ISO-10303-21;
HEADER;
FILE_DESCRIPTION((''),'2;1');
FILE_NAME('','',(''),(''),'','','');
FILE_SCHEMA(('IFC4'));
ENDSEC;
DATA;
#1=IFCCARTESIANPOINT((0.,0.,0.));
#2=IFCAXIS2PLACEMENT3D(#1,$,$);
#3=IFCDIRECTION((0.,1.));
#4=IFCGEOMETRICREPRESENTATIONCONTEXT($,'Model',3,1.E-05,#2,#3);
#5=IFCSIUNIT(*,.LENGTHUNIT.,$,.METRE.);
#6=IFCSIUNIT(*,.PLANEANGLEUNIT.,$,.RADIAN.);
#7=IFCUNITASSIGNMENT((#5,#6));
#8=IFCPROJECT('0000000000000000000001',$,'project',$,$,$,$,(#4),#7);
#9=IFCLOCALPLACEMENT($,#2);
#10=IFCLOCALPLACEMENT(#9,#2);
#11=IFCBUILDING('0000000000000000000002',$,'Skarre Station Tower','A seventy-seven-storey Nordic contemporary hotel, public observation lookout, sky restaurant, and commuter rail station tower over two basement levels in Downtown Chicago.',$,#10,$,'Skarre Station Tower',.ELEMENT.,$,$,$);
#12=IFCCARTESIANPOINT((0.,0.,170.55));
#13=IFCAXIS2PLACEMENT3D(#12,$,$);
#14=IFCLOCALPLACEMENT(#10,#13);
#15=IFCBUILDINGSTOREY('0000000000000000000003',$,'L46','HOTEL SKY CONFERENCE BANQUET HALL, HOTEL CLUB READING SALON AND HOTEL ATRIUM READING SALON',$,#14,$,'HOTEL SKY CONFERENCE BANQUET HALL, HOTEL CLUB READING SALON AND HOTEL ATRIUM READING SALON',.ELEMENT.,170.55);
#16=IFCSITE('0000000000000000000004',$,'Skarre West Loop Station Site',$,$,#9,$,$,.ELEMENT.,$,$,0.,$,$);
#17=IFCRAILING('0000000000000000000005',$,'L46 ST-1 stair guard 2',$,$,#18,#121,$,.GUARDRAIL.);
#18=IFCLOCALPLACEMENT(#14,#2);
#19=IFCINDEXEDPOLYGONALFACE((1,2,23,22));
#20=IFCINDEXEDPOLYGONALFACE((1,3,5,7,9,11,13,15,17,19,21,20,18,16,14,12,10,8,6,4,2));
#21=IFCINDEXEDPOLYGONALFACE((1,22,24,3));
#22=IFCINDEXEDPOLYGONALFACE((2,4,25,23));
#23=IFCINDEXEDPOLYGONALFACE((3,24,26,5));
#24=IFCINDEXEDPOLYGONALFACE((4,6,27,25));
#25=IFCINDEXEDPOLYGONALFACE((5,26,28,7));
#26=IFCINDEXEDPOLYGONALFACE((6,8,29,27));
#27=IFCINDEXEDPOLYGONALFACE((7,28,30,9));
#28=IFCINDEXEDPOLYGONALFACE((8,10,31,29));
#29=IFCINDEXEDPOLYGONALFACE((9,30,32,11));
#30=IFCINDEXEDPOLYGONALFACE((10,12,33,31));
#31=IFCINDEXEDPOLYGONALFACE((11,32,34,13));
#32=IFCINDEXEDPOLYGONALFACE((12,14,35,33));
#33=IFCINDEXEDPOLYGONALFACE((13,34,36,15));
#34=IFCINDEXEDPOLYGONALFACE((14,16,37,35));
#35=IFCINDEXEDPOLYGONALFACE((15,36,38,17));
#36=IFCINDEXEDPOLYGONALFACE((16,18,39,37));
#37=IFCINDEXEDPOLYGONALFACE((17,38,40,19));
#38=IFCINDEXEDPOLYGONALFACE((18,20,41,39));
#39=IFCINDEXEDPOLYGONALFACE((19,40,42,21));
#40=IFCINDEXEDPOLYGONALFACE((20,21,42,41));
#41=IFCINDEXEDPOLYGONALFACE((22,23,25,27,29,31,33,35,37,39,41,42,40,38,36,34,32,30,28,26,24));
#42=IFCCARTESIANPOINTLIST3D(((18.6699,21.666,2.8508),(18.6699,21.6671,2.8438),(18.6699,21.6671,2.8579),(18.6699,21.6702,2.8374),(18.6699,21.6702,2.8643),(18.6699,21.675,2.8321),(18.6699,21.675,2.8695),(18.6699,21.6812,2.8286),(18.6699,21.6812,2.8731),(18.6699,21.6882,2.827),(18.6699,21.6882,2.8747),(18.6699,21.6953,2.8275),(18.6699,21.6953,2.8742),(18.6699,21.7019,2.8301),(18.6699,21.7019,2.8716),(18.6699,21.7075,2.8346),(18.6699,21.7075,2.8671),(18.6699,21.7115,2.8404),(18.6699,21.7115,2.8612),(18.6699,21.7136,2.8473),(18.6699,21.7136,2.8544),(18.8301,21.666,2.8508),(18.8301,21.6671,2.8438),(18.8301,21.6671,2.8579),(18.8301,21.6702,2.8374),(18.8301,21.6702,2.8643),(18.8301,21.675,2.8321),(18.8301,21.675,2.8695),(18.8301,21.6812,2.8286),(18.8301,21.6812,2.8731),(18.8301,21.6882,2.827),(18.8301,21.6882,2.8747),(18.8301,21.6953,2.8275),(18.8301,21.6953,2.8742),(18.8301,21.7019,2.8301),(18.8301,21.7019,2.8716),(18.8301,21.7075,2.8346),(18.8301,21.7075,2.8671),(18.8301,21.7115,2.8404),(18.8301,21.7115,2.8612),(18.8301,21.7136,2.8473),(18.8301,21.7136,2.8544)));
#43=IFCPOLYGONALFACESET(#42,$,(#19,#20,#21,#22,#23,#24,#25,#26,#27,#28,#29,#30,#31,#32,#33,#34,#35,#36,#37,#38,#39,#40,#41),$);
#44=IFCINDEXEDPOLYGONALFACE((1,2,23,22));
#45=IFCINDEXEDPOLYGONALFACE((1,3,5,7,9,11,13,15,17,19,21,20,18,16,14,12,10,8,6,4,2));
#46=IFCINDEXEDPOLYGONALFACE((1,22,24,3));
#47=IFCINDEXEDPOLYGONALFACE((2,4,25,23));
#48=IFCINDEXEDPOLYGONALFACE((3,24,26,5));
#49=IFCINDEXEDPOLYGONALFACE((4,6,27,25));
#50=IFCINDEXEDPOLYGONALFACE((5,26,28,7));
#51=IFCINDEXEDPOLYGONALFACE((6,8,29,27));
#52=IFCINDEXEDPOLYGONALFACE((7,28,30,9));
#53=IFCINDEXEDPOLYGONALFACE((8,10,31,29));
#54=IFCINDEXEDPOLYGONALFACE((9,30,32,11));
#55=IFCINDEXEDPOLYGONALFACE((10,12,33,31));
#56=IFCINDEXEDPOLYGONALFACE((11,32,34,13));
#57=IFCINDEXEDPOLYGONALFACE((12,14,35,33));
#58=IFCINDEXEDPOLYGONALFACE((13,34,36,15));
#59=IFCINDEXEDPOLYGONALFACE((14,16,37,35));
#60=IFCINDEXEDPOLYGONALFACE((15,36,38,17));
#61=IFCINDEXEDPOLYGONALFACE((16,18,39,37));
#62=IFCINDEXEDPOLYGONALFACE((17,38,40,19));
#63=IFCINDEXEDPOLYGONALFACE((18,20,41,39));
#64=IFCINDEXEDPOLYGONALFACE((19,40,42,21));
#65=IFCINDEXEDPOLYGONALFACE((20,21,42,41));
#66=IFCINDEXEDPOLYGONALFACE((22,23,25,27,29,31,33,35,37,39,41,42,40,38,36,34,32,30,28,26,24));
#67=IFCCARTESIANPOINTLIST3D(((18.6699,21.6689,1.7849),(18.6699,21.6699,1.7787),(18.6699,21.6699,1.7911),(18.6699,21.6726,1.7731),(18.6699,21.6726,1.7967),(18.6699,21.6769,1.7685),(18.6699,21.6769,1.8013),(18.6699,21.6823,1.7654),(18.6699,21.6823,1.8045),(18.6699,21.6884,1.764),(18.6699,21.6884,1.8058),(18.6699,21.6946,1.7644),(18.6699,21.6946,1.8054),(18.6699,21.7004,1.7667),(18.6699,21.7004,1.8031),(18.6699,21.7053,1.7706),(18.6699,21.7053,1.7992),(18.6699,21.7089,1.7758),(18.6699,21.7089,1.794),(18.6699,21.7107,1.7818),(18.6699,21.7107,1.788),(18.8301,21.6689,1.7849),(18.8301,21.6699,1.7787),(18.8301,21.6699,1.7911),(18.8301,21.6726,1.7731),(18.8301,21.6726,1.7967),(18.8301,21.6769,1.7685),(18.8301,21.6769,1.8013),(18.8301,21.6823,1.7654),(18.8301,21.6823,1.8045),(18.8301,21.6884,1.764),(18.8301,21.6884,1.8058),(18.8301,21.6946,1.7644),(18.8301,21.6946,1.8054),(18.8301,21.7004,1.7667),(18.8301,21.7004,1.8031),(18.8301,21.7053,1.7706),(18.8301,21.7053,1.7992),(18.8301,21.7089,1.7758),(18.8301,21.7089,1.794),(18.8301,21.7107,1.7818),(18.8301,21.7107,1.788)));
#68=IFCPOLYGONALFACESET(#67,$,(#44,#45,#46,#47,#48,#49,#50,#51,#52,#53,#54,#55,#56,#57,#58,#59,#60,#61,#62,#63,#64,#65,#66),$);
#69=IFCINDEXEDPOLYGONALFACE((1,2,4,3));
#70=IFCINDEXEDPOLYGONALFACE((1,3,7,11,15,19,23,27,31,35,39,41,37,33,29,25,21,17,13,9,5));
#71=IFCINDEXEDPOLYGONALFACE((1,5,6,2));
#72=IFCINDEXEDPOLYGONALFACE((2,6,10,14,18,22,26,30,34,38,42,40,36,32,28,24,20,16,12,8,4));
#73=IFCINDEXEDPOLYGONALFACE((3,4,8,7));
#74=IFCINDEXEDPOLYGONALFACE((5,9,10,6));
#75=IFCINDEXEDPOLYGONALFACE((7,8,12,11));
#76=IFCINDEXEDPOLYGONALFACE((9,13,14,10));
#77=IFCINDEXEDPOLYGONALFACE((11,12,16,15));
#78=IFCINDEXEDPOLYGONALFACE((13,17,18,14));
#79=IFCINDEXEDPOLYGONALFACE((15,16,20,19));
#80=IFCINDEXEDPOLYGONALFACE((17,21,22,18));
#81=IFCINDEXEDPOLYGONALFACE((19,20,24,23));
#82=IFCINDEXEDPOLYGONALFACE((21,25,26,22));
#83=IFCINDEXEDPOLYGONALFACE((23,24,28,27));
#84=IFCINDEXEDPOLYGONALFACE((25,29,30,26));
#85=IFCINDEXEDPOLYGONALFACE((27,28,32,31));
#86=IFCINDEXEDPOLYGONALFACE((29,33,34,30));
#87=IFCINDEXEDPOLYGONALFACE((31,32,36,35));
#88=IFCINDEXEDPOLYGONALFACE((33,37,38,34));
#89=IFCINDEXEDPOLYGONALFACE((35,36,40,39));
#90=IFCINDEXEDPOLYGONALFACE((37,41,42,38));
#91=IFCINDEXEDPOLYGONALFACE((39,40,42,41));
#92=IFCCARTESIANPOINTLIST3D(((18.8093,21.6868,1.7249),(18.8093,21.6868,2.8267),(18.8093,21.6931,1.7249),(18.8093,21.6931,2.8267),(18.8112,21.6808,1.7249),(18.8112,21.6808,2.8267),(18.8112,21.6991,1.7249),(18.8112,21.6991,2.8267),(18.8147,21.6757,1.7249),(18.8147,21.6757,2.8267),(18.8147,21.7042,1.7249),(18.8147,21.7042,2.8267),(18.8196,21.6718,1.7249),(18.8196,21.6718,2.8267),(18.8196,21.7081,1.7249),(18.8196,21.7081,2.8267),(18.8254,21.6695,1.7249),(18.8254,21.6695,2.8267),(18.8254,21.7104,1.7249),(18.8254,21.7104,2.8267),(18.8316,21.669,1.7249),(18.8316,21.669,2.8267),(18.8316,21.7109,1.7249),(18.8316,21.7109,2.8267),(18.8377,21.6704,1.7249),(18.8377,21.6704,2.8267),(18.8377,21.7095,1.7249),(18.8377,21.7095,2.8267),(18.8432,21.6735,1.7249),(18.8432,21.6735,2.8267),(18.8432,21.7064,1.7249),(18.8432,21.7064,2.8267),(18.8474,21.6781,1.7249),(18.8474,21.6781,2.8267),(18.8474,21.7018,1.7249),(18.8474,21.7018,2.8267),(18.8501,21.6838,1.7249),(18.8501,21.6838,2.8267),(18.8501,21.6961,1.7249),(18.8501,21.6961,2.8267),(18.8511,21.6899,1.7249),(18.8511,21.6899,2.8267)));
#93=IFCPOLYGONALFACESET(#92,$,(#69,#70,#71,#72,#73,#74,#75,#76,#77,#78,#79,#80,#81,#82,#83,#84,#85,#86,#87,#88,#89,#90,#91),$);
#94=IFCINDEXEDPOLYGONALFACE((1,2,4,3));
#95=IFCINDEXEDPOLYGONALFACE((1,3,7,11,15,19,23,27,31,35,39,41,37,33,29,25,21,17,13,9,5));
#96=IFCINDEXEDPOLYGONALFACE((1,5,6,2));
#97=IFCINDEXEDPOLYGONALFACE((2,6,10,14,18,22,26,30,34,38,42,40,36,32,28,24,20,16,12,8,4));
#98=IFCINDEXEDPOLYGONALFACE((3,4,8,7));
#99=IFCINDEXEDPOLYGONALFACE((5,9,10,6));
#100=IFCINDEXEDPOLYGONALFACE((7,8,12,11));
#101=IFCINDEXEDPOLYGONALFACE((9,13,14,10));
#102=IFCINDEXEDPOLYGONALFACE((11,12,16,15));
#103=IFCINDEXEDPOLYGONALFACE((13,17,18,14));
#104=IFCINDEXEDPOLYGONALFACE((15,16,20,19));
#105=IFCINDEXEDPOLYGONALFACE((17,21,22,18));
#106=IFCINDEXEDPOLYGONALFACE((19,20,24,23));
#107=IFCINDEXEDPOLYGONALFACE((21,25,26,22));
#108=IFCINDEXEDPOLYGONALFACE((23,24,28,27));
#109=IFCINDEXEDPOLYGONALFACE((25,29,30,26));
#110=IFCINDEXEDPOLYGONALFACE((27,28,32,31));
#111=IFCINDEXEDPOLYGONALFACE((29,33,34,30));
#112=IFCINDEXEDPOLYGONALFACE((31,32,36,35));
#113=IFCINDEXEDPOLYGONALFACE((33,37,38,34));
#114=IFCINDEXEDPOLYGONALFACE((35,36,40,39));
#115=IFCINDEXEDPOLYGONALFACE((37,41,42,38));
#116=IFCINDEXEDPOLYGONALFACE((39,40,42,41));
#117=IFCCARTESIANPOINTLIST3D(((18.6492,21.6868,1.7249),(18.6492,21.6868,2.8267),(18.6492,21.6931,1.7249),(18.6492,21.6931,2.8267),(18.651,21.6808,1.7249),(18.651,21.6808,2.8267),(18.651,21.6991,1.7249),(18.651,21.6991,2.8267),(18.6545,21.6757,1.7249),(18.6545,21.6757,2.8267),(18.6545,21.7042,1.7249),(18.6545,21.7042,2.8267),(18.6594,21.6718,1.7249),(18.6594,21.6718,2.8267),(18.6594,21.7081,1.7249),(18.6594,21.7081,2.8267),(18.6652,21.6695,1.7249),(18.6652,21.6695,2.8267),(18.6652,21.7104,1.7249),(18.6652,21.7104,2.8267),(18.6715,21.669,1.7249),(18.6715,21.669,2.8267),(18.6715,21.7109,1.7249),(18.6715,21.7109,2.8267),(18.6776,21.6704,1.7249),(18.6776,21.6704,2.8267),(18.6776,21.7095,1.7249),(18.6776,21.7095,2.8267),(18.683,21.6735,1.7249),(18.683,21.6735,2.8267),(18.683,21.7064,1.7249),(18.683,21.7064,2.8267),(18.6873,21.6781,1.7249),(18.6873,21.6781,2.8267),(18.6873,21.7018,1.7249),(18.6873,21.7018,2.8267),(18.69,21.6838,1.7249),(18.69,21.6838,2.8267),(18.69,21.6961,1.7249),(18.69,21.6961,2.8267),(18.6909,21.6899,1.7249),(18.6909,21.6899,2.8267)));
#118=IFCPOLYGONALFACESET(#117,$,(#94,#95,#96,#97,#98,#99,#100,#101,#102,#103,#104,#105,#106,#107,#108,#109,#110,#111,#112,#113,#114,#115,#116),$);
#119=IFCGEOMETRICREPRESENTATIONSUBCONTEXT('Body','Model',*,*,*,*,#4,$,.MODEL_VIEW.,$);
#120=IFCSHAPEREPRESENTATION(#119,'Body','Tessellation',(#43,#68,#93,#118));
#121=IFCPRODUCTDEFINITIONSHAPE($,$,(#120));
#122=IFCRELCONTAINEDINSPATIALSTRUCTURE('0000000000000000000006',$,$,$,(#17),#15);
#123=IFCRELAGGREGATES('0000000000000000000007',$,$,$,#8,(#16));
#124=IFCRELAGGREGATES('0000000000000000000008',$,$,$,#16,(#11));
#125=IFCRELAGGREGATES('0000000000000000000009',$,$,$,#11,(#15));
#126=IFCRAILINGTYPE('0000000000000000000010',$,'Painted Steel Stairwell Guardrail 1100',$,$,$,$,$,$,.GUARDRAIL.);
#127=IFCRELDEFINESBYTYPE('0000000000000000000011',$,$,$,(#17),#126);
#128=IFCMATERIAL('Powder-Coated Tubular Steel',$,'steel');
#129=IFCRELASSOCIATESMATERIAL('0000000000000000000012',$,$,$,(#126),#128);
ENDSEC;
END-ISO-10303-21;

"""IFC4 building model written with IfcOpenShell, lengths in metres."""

from ifc_helpers import new_model, si_unit, direction, frame, origin, origin_2d, place, context, subcontext, project, spatial, circle, extrude, material, type_object, element, save


model = new_model("IFC4")

# Units and contexts
model_context = context("Model", 3, precision=1e-05, world=origin(), true_north=direction((0.0, 1.0)))
body_context = subcontext(model_context, "Body", "Model", "MODEL_VIEW")
ifc_project = project(units=[si_unit("LENGTHUNIT", "METRE"), si_unit("PLANEANGLEUNIT", "RADIAN")], contexts=[model_context])

# Site, building, storey
site_placement = place(None, origin())
site = spatial("IfcSite", under=ifc_project, at=site_placement, Name="Skarre West Loop Station Site", CompositionType="ELEMENT", RefElevation=0.0)
building_placement = place(site_placement, origin())
building = spatial("IfcBuilding", under=site, at=building_placement, Name="Skarre Station Tower", Description="A seventy-seven-storey Nordic contemporary hotel, public observation lookout, sky restaurant, and commuter rail station tower over two basement levels in Downtown Chicago.", LongName="Skarre Station Tower", CompositionType="ELEMENT")
storey_placement = place(building_placement, frame((0.0, 0.0, 170.55)))
storey = spatial("IfcBuildingStorey", under=building, at=storey_placement, Name="L46", Description="HOTEL SKY CONFERENCE BANQUET HALL, HOTEL CLUB READING SALON AND HOTEL ATRIUM READING SALON", LongName="HOTEL SKY CONFERENCE BANQUET HALL, HOTEL CLUB READING SALON AND HOTEL ATRIUM READING SALON", CompositionType="ELEMENT", Elevation=170.55)

# Railing
ifc_material_1 = material(Name="Powder-Coated Tubular Steel", Category="steel")
railing_type_1 = type_object("IfcRailingType", Name="Painted Steel Stairwell Guardrail 1100", PredefinedType="GUARDRAIL", material=ifc_material_1)
railing_1_placement = place(storey_placement, frame((18.8301, 21.6899, 1.7249)))
element("IfcRailing", 1, at=railing_1_placement, inside=storey, type_object=railing_type_1, Name="L46 ST-1 stair guard 2", PredefinedType="GUARDRAIL", context=body_context, shape_type="SweptSolid", body=[
    extrude(circle(Radius=0.0239, at=origin_2d()), frame((0.0, 0.0, 1.126), z_axis=(-1.0, 0.0, 0.0), x_axis=(0.0, -1.0, 0.0)), (0.0, 0.0, 1.0), 0.1602),
    extrude(circle(Radius=0.021, at=origin_2d()), frame((0.0, 0.0, 0.0601), z_axis=(-1.0, 0.0, 0.0), x_axis=(0.0, -1.0, 0.0)), (0.0, 0.0, 1.0), 0.1602),
    extrude(circle(Radius=0.021, at=origin_2d()), origin(), (0.0, 0.0, 1.0), 1.1018),
    extrude(circle(Radius=0.021, at=origin_2d()), frame((-0.1602, 0.0, 0.0)), (0.0, 0.0, 1.0), 1.1018),
])

save(model, "model.ifc")
